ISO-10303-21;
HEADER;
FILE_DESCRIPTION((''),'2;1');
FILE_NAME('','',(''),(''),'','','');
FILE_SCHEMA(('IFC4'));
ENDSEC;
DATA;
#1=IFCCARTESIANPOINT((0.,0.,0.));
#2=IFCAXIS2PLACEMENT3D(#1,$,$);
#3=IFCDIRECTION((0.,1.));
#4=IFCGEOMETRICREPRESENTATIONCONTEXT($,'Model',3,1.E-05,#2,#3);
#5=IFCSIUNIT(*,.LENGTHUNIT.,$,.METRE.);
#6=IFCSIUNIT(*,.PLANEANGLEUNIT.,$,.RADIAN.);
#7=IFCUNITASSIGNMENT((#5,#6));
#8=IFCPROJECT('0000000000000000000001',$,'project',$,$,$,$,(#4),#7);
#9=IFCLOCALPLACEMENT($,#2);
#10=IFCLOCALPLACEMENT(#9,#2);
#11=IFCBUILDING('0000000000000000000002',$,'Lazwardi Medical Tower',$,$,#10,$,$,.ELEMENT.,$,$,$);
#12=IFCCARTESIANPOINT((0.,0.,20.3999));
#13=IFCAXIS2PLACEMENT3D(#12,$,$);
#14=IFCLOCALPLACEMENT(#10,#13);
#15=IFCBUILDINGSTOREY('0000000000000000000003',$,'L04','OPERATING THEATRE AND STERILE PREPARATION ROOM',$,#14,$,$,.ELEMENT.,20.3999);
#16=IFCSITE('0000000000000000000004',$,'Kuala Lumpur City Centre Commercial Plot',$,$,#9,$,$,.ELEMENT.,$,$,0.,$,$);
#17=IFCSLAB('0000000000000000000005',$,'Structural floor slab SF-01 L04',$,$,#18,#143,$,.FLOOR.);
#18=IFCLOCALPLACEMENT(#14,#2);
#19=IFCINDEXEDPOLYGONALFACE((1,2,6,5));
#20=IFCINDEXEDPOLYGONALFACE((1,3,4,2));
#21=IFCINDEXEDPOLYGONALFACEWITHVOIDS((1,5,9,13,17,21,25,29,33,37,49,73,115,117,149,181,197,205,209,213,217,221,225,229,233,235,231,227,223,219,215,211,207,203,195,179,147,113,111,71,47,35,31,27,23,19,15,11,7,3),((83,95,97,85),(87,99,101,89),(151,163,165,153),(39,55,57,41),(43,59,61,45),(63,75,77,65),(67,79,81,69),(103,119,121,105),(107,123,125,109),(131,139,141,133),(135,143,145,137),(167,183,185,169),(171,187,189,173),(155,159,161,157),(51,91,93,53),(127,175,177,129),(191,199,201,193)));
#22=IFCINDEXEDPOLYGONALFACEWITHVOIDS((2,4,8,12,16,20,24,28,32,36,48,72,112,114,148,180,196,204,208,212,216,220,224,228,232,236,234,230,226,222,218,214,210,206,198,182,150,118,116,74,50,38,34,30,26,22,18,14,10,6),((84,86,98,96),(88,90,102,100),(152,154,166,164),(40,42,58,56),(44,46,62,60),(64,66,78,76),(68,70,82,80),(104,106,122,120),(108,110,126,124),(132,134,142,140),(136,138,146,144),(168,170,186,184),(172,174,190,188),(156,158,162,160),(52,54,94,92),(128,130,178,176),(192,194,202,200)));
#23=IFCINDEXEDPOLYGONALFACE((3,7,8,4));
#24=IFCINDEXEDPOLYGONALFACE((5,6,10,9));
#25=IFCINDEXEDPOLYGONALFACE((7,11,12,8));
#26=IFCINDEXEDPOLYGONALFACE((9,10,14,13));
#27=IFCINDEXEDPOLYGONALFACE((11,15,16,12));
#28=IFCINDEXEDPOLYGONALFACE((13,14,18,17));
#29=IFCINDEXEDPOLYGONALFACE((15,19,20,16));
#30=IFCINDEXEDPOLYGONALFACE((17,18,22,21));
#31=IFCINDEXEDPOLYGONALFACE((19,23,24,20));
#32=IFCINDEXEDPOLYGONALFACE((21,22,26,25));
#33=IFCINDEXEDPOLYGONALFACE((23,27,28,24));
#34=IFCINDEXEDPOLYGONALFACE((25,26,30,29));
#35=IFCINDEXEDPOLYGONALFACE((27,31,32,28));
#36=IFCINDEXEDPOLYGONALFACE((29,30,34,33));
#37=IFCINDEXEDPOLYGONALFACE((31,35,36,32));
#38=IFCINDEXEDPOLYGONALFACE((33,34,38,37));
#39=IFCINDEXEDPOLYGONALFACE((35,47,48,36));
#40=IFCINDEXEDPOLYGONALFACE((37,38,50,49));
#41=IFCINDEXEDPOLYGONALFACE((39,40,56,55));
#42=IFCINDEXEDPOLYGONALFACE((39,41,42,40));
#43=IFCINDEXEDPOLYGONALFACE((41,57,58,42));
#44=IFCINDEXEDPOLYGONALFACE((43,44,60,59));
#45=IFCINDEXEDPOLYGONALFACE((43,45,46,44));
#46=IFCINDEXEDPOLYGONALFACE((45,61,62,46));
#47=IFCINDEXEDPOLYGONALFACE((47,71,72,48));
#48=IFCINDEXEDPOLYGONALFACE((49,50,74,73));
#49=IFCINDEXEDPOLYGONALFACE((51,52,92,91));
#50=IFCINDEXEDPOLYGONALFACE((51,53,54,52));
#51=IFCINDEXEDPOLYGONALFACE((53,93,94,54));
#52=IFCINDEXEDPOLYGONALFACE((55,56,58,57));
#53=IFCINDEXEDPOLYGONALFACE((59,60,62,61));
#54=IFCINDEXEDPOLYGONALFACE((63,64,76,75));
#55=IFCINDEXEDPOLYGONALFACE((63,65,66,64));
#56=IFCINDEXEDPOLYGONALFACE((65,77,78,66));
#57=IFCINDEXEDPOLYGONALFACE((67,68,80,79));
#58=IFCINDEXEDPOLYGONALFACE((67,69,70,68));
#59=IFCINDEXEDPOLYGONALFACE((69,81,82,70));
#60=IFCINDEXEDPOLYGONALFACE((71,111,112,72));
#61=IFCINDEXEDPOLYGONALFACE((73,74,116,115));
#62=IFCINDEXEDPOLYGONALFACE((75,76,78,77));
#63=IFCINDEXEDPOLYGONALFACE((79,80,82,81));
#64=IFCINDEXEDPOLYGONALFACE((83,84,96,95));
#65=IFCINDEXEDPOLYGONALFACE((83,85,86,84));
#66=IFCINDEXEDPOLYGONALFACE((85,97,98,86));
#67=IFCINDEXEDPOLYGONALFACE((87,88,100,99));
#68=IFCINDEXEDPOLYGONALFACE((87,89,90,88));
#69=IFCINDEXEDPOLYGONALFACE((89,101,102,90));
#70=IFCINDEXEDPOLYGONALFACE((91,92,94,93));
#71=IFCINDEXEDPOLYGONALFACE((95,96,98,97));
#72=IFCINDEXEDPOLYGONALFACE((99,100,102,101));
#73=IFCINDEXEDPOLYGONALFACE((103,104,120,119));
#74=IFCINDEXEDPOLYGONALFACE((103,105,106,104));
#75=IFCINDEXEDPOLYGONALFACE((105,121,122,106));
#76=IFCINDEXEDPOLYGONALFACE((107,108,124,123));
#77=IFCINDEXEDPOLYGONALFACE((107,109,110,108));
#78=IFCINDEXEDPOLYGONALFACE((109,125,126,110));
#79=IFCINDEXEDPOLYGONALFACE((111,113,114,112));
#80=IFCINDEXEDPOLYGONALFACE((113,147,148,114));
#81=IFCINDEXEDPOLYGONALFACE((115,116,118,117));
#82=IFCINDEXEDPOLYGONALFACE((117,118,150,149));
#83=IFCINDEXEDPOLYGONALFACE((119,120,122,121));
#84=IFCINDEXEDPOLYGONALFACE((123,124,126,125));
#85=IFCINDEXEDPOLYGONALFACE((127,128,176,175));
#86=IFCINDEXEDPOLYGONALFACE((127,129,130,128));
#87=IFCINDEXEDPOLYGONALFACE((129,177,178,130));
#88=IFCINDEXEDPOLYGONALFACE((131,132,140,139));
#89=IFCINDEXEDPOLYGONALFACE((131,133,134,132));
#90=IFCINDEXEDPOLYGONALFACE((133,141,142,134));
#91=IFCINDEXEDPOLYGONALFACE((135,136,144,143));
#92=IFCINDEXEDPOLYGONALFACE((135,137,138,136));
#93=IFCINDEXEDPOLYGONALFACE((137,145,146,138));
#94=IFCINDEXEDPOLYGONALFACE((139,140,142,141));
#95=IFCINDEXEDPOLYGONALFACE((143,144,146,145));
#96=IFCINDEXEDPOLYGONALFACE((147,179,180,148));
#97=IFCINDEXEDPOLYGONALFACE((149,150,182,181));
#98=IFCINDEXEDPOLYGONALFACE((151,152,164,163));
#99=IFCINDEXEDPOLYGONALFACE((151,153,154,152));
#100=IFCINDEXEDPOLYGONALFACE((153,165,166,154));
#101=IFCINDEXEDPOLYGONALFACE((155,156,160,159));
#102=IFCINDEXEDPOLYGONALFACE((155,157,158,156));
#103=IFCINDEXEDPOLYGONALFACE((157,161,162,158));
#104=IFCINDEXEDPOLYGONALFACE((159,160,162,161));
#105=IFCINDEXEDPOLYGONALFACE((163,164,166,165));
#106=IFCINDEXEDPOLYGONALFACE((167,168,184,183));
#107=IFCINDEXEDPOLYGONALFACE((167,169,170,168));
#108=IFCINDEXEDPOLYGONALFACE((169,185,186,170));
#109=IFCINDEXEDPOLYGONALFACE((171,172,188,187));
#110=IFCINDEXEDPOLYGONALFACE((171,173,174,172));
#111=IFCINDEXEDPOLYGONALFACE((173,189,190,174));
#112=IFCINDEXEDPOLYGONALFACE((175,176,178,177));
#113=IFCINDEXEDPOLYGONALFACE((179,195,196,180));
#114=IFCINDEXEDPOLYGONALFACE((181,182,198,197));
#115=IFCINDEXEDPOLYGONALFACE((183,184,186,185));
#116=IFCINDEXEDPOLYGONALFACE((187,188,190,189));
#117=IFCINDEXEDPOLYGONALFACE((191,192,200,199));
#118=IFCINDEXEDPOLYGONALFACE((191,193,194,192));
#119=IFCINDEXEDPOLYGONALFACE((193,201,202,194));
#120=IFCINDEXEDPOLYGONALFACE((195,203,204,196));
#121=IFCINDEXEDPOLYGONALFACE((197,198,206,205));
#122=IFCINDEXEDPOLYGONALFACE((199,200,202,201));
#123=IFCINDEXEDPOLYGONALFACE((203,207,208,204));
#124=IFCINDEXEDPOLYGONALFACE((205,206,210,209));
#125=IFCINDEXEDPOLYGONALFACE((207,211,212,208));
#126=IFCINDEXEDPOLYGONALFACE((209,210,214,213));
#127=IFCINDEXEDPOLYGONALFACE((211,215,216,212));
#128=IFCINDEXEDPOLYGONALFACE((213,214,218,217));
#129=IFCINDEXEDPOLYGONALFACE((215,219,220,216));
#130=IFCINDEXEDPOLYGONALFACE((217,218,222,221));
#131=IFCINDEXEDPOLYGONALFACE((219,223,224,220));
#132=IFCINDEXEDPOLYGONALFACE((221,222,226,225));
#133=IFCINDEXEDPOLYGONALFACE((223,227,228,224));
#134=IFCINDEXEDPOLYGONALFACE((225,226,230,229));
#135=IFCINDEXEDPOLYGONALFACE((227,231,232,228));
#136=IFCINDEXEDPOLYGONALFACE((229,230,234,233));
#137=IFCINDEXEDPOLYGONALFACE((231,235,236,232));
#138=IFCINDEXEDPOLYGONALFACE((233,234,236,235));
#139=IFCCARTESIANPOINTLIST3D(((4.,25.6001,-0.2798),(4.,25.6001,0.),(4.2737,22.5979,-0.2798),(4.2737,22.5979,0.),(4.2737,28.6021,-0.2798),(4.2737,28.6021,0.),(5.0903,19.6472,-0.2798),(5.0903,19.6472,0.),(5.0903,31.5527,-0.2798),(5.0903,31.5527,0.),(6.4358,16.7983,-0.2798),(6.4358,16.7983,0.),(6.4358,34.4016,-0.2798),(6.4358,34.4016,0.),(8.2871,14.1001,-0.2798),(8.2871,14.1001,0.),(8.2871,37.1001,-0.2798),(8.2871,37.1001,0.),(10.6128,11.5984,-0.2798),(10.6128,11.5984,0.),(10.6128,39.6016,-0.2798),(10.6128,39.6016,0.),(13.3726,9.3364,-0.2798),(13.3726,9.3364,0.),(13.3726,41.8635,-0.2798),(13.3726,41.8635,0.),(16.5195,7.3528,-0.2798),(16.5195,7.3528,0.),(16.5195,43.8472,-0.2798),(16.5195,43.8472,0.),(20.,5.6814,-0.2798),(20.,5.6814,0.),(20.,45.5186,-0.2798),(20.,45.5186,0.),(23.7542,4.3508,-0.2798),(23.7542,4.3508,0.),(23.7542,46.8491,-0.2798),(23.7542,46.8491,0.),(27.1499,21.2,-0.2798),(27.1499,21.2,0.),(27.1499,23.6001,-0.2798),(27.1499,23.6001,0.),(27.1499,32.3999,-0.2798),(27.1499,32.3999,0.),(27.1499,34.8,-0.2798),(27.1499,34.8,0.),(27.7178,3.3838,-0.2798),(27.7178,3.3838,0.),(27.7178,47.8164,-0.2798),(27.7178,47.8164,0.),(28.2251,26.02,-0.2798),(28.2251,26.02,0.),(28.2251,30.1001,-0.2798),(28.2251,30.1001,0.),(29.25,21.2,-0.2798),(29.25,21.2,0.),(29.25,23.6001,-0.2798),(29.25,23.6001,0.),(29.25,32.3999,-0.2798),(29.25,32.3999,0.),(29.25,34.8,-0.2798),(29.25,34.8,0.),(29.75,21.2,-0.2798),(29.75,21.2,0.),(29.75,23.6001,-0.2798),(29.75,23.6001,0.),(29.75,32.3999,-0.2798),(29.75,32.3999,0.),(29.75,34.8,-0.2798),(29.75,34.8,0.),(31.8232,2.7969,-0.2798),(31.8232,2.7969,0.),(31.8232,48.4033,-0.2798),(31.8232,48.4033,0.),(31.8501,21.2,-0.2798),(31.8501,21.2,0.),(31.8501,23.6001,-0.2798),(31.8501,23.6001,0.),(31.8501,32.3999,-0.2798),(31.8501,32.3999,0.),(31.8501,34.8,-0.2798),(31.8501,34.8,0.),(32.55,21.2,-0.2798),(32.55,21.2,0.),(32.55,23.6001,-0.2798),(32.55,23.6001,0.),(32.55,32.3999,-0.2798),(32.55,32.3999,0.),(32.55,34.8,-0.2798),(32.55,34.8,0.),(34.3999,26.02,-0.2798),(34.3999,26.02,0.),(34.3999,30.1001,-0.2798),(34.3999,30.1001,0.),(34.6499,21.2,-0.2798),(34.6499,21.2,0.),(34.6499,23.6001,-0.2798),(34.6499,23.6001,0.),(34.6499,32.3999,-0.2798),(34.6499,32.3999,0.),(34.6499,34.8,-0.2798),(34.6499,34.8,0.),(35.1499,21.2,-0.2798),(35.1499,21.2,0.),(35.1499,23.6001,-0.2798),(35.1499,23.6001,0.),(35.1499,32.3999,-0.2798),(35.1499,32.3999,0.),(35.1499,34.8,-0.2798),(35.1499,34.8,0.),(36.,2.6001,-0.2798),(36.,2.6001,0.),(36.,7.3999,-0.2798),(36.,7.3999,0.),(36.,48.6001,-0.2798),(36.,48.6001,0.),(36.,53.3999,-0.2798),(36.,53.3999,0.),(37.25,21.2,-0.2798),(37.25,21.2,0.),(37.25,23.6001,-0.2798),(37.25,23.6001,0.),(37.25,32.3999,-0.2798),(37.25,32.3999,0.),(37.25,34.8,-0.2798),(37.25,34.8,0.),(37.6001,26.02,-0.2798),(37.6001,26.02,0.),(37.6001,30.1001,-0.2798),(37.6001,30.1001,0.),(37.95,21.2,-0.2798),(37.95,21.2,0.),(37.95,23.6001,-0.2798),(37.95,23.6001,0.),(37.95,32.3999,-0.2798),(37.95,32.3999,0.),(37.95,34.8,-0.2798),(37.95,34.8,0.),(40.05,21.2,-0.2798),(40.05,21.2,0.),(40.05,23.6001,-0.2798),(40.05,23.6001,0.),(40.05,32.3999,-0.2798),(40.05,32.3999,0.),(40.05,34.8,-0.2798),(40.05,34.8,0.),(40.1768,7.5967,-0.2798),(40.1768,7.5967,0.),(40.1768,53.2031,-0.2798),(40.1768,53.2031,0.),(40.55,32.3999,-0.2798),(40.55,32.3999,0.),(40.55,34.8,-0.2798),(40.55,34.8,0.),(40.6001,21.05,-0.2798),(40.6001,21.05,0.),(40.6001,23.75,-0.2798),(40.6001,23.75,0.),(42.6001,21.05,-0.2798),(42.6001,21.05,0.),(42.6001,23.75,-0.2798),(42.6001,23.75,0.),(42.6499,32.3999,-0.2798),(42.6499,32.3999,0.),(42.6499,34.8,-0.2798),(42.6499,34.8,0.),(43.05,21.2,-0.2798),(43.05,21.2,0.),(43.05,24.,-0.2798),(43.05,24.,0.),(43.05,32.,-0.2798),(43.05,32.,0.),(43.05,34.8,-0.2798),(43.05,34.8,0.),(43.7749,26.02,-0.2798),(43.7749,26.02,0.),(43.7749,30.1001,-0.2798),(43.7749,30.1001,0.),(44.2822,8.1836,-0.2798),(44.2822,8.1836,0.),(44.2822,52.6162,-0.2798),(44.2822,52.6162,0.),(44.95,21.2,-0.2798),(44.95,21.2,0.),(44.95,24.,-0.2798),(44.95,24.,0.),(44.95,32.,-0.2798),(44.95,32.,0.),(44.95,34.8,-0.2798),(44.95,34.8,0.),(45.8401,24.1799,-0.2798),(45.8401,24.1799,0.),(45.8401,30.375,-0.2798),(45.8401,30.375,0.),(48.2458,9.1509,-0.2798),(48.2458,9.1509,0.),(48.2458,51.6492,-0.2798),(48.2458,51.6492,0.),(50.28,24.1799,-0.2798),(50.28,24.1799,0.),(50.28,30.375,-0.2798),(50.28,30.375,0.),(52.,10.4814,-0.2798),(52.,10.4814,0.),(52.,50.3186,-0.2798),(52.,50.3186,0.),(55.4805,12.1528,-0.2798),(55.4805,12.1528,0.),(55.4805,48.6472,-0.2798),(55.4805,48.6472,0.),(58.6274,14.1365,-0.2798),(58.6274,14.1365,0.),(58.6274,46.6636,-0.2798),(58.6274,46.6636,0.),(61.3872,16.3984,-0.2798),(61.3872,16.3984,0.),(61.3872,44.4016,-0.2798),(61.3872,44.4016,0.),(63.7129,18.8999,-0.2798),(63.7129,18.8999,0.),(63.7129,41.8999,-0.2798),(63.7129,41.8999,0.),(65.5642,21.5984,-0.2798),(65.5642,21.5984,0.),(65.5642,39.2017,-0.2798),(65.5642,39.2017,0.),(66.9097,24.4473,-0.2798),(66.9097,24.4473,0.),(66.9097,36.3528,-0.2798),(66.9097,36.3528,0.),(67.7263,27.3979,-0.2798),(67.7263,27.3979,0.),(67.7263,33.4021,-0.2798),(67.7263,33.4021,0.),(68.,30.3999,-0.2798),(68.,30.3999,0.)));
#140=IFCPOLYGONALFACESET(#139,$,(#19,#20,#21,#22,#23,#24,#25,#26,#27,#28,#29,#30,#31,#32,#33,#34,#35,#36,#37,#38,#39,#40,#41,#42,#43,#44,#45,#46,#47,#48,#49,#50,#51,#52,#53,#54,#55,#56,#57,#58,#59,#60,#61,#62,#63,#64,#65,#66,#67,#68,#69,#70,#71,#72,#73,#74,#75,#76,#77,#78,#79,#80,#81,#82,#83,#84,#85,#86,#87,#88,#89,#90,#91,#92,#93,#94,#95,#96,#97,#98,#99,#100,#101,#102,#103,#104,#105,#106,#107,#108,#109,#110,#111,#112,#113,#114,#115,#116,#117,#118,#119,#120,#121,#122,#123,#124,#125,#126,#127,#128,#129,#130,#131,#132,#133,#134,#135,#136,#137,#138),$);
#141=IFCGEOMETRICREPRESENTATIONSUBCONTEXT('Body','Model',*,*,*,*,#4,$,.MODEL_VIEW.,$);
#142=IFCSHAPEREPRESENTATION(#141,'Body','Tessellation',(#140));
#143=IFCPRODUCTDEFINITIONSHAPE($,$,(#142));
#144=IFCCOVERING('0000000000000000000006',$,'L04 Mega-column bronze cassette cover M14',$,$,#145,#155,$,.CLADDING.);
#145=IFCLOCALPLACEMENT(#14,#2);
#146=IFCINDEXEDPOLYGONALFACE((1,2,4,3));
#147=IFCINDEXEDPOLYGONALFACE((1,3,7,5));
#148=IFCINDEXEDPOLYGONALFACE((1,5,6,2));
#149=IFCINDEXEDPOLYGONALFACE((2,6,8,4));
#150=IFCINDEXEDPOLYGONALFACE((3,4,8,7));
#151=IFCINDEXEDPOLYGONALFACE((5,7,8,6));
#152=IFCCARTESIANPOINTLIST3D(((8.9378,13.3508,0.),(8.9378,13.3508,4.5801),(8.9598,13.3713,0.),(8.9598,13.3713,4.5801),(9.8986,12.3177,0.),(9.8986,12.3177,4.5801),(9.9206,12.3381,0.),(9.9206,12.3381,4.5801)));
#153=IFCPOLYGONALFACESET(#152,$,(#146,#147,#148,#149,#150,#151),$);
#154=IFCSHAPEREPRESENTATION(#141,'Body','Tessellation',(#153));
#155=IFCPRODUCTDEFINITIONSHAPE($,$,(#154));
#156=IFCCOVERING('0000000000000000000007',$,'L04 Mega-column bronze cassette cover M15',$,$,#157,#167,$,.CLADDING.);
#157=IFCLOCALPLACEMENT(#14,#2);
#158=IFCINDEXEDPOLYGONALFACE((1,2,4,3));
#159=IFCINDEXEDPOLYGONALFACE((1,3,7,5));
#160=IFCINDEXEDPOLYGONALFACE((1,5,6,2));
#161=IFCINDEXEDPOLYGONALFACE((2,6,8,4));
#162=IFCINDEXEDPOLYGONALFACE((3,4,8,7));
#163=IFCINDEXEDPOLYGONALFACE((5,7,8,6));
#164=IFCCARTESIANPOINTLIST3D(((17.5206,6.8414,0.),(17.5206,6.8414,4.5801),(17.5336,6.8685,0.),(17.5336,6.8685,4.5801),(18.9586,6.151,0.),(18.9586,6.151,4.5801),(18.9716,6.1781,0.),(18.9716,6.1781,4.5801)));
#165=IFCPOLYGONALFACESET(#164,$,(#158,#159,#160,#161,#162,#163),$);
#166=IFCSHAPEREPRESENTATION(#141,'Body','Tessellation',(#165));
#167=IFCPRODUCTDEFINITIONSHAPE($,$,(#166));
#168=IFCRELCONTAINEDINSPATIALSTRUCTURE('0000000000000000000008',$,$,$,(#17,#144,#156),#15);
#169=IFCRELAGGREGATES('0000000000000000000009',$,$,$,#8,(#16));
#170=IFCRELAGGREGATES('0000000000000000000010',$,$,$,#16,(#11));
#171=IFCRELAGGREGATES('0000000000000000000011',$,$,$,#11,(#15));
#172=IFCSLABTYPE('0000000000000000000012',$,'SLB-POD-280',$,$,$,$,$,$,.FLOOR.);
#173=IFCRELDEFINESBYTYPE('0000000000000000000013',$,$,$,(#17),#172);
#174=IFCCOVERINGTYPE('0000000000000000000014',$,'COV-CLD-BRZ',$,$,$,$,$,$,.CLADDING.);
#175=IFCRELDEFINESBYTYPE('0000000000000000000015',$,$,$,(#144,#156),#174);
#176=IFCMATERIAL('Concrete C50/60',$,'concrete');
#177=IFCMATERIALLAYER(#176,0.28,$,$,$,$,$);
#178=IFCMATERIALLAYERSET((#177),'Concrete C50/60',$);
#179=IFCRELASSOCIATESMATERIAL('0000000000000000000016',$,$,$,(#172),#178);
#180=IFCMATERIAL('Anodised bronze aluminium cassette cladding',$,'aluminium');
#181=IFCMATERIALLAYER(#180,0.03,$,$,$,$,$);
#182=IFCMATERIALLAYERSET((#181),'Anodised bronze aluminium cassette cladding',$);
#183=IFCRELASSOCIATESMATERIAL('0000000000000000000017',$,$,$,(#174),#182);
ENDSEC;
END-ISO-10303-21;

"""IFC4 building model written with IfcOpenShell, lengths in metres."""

from ifc_helpers import new_model, si_unit, direction, frame, origin, origin_2d, place, context, subcontext, project, spatial, polyline, rectangle, outline, extrude, material, layer, layer_set, type_object, element, save


model = new_model("IFC4")

# Units and contexts
model_context = context("Model", 3, precision=1e-05, world=origin(), true_north=direction((0.0, 1.0)))
body_context = subcontext(model_context, "Body", "Model", "MODEL_VIEW")
ifc_project = project(units=[si_unit("LENGTHUNIT", "METRE"), si_unit("PLANEANGLEUNIT", "RADIAN")], contexts=[model_context])

# Site, building, storey
site_placement = place(None, origin())
site = spatial("IfcSite", under=ifc_project, at=site_placement, Name="Kuala Lumpur City Centre Commercial Plot", CompositionType="ELEMENT", RefElevation=0.0)
building_placement = place(site_placement, origin())
building = spatial("IfcBuilding", under=site, at=building_placement, Name="Lazwardi Medical Tower", CompositionType="ELEMENT")
storey_placement = place(building_placement, frame((0.0, 0.0, 20.3999)))
storey = spatial("IfcBuildingStorey", under=building, at=storey_placement, Name="L04", Description="OPERATING THEATRE AND STERILE PREPARATION ROOM", CompositionType="ELEMENT", Elevation=20.3999)

# Slab
ifc_material_1 = material(Name="Concrete C50/60", Category="concrete")
ifc_layer_1 = layer(ifc_material_1, 0.28)
ifc_layer_set_1 = layer_set([ifc_layer_1], Name="Concrete C50/60")
slab_type_1 = type_object("IfcSlabType", Name="SLB-POD-280", PredefinedType="FLOOR", material=ifc_layer_set_1)
slab_1_placement = place(storey_placement, frame((0.0, 0.0, -0.2798)))
element("IfcSlab", 1, at=slab_1_placement, inside=storey, type_object=slab_type_1, Name="Structural floor slab SF-01 L04", PredefinedType="FLOOR", context=body_context, shape_type="SweptSolid", body=[
    extrude(outline(polyline([(6.4358, 34.4016), (5.0903, 31.5527), (4.2737, 28.6021), (4.0, 25.6001), (4.2737, 22.5979), (5.0903, 19.6472), (6.4358, 16.7983), (8.2871, 14.1001), (10.6128, 11.5984), (13.3726, 9.3364), (16.5195, 7.3528), (20.0, 5.6814), (23.7542, 4.3508), (27.7178, 3.3838), (31.8232, 2.7969), (36.0, 2.6001), (36.0, 7.3999), (40.1768, 7.5967), (44.2822, 8.1836), (48.2458, 9.1509), (52.0, 10.4814), (55.4805, 12.1528), (58.6274, 14.1365), (61.3872, 16.3984), (63.7129, 18.8999), (65.5642, 21.5984), (66.9097, 24.4473), (67.7263, 27.3979), (68.0, 30.3999), (67.7263, 33.4021), (66.9097, 36.3528), (65.5642, 39.2017), (63.7129, 41.8999), (61.3872, 44.4016), (58.6274, 46.6636), (55.4805, 48.6472), (52.0, 50.3186), (48.2458, 51.6492), (44.2822, 52.6162), (40.1768, 53.2031), (36.0, 53.3999), (36.0, 48.6001), (31.8232, 48.4033), (27.7178, 47.8164), (23.7542, 46.8491), (20.0, 45.5186), (16.5195, 43.8472), (13.3726, 41.8635), (10.6128, 39.6016), (8.2871, 37.1001), (6.4358, 34.4016)]), holes=[polyline([(28.2251, 26.02), (28.2251, 30.1001), (34.3999, 30.1001), (34.3999, 26.02), (28.2251, 26.02)]), polyline([(37.6001, 30.1001), (43.7749, 30.1001), (43.7749, 26.02), (37.6001, 26.02), (37.6001, 30.1001)]), polyline([(50.28, 30.375), (50.28, 24.1799), (45.8401, 24.1799), (45.8401, 30.375), (50.28, 30.375)]), polyline([(29.25, 32.3999), (27.1499, 32.3999), (27.1499, 34.8), (29.25, 34.8), (29.25, 32.3999)]), polyline([(29.75, 32.3999), (29.75, 34.8), (31.8501, 34.8), (31.8501, 32.3999), (29.75, 32.3999)]), polyline([(27.1499, 23.6001), (29.25, 23.6001), (29.25, 21.2), (27.1499, 21.2), (27.1499, 23.6001)]), polyline([(31.8501, 23.6001), (31.8501, 21.2), (29.75, 21.2), (29.75, 23.6001), (31.8501, 23.6001)]), polyline([(34.6499, 32.3999), (32.55, 32.3999), (32.55, 34.8), (34.6499, 34.8), (34.6499, 32.3999)]), polyline([(35.1499, 32.3999), (35.1499, 34.8), (37.25, 34.8), (37.25, 32.3999), (35.1499, 32.3999)]), polyline([(32.55, 23.6001), (34.6499, 23.6001), (34.6499, 21.2), (32.55, 21.2), (32.55, 23.6001)]), polyline([(37.25, 23.6001), (37.25, 21.2), (35.1499, 21.2), (35.1499, 23.6001), (37.25, 23.6001)]), polyline([(40.05, 32.3999), (37.95, 32.3999), (37.95, 34.8), (40.05, 34.8), (40.05, 32.3999)]), polyline([(40.55, 32.3999), (40.55, 34.8), (42.6499, 34.8), (42.6499, 32.3999), (40.55, 32.3999)]), polyline([(37.95, 23.6001), (40.05, 23.6001), (40.05, 21.2), (37.95, 21.2), (37.95, 23.6001)]), polyline([(44.95, 34.8), (44.95, 32.0), (43.05, 32.0), (43.05, 34.8), (44.95, 34.8)]), polyline([(44.95, 21.2), (43.05, 21.2), (43.05, 24.0), (44.95, 24.0), (44.95, 21.2)]), polyline([(40.6001, 21.05), (40.6001, 23.75), (42.6001, 23.75), (42.6001, 21.05), (40.6001, 21.05)])]), origin(), (0.0, 0.0, 1.0), 0.2798),
])

# Coverings
ifc_material_2 = material(Name="Anodised bronze aluminium cassette cladding", Category="aluminium")
ifc_layer_2 = layer(ifc_material_2, 0.03)
ifc_layer_set_2 = layer_set([ifc_layer_2], Name="Anodised bronze aluminium cassette cladding")
covering_type = type_object("IfcCoveringType", Name="COV-CLD-BRZ", PredefinedType="CLADDING", material=ifc_layer_set_2)
covering_1_placement = place(storey_placement, frame((9.4292, 12.8445, 0.0), z_axis=(0.0, 0.0, 1.0), x_axis=(0.681019, -0.732266, 0.0)))
element("IfcCovering", 2, at=covering_1_placement, inside=storey, type_object=covering_type, Name="L04 Mega-column bronze cassette cover M14", PredefinedType="CLADDING", context=body_context, shape_type="SweptSolid", body=[
    extrude(rectangle(XDim=1.4109, YDim=0.03, at=origin_2d()), origin(), (0.0, 0.0, 1.0), 4.5801),
])
covering_2_placement = place(storey_placement, frame((18.2461, 6.5098, 0.0), z_axis=(0.0, 0.0, 1.0), x_axis=(0.901484, -0.432813, 0.0)))
element("IfcCovering", 3, at=covering_2_placement, inside=storey, type_object=covering_type, Name="L04 Mega-column bronze cassette cover M15", PredefinedType="CLADDING", context=body_context, shape_type="SweptSolid", body=[
    extrude(rectangle(XDim=1.5952, YDim=0.03, at=origin_2d()), origin(), (0.0, 0.0, 1.0), 4.5801),
])

save(model, "model.ifc")
